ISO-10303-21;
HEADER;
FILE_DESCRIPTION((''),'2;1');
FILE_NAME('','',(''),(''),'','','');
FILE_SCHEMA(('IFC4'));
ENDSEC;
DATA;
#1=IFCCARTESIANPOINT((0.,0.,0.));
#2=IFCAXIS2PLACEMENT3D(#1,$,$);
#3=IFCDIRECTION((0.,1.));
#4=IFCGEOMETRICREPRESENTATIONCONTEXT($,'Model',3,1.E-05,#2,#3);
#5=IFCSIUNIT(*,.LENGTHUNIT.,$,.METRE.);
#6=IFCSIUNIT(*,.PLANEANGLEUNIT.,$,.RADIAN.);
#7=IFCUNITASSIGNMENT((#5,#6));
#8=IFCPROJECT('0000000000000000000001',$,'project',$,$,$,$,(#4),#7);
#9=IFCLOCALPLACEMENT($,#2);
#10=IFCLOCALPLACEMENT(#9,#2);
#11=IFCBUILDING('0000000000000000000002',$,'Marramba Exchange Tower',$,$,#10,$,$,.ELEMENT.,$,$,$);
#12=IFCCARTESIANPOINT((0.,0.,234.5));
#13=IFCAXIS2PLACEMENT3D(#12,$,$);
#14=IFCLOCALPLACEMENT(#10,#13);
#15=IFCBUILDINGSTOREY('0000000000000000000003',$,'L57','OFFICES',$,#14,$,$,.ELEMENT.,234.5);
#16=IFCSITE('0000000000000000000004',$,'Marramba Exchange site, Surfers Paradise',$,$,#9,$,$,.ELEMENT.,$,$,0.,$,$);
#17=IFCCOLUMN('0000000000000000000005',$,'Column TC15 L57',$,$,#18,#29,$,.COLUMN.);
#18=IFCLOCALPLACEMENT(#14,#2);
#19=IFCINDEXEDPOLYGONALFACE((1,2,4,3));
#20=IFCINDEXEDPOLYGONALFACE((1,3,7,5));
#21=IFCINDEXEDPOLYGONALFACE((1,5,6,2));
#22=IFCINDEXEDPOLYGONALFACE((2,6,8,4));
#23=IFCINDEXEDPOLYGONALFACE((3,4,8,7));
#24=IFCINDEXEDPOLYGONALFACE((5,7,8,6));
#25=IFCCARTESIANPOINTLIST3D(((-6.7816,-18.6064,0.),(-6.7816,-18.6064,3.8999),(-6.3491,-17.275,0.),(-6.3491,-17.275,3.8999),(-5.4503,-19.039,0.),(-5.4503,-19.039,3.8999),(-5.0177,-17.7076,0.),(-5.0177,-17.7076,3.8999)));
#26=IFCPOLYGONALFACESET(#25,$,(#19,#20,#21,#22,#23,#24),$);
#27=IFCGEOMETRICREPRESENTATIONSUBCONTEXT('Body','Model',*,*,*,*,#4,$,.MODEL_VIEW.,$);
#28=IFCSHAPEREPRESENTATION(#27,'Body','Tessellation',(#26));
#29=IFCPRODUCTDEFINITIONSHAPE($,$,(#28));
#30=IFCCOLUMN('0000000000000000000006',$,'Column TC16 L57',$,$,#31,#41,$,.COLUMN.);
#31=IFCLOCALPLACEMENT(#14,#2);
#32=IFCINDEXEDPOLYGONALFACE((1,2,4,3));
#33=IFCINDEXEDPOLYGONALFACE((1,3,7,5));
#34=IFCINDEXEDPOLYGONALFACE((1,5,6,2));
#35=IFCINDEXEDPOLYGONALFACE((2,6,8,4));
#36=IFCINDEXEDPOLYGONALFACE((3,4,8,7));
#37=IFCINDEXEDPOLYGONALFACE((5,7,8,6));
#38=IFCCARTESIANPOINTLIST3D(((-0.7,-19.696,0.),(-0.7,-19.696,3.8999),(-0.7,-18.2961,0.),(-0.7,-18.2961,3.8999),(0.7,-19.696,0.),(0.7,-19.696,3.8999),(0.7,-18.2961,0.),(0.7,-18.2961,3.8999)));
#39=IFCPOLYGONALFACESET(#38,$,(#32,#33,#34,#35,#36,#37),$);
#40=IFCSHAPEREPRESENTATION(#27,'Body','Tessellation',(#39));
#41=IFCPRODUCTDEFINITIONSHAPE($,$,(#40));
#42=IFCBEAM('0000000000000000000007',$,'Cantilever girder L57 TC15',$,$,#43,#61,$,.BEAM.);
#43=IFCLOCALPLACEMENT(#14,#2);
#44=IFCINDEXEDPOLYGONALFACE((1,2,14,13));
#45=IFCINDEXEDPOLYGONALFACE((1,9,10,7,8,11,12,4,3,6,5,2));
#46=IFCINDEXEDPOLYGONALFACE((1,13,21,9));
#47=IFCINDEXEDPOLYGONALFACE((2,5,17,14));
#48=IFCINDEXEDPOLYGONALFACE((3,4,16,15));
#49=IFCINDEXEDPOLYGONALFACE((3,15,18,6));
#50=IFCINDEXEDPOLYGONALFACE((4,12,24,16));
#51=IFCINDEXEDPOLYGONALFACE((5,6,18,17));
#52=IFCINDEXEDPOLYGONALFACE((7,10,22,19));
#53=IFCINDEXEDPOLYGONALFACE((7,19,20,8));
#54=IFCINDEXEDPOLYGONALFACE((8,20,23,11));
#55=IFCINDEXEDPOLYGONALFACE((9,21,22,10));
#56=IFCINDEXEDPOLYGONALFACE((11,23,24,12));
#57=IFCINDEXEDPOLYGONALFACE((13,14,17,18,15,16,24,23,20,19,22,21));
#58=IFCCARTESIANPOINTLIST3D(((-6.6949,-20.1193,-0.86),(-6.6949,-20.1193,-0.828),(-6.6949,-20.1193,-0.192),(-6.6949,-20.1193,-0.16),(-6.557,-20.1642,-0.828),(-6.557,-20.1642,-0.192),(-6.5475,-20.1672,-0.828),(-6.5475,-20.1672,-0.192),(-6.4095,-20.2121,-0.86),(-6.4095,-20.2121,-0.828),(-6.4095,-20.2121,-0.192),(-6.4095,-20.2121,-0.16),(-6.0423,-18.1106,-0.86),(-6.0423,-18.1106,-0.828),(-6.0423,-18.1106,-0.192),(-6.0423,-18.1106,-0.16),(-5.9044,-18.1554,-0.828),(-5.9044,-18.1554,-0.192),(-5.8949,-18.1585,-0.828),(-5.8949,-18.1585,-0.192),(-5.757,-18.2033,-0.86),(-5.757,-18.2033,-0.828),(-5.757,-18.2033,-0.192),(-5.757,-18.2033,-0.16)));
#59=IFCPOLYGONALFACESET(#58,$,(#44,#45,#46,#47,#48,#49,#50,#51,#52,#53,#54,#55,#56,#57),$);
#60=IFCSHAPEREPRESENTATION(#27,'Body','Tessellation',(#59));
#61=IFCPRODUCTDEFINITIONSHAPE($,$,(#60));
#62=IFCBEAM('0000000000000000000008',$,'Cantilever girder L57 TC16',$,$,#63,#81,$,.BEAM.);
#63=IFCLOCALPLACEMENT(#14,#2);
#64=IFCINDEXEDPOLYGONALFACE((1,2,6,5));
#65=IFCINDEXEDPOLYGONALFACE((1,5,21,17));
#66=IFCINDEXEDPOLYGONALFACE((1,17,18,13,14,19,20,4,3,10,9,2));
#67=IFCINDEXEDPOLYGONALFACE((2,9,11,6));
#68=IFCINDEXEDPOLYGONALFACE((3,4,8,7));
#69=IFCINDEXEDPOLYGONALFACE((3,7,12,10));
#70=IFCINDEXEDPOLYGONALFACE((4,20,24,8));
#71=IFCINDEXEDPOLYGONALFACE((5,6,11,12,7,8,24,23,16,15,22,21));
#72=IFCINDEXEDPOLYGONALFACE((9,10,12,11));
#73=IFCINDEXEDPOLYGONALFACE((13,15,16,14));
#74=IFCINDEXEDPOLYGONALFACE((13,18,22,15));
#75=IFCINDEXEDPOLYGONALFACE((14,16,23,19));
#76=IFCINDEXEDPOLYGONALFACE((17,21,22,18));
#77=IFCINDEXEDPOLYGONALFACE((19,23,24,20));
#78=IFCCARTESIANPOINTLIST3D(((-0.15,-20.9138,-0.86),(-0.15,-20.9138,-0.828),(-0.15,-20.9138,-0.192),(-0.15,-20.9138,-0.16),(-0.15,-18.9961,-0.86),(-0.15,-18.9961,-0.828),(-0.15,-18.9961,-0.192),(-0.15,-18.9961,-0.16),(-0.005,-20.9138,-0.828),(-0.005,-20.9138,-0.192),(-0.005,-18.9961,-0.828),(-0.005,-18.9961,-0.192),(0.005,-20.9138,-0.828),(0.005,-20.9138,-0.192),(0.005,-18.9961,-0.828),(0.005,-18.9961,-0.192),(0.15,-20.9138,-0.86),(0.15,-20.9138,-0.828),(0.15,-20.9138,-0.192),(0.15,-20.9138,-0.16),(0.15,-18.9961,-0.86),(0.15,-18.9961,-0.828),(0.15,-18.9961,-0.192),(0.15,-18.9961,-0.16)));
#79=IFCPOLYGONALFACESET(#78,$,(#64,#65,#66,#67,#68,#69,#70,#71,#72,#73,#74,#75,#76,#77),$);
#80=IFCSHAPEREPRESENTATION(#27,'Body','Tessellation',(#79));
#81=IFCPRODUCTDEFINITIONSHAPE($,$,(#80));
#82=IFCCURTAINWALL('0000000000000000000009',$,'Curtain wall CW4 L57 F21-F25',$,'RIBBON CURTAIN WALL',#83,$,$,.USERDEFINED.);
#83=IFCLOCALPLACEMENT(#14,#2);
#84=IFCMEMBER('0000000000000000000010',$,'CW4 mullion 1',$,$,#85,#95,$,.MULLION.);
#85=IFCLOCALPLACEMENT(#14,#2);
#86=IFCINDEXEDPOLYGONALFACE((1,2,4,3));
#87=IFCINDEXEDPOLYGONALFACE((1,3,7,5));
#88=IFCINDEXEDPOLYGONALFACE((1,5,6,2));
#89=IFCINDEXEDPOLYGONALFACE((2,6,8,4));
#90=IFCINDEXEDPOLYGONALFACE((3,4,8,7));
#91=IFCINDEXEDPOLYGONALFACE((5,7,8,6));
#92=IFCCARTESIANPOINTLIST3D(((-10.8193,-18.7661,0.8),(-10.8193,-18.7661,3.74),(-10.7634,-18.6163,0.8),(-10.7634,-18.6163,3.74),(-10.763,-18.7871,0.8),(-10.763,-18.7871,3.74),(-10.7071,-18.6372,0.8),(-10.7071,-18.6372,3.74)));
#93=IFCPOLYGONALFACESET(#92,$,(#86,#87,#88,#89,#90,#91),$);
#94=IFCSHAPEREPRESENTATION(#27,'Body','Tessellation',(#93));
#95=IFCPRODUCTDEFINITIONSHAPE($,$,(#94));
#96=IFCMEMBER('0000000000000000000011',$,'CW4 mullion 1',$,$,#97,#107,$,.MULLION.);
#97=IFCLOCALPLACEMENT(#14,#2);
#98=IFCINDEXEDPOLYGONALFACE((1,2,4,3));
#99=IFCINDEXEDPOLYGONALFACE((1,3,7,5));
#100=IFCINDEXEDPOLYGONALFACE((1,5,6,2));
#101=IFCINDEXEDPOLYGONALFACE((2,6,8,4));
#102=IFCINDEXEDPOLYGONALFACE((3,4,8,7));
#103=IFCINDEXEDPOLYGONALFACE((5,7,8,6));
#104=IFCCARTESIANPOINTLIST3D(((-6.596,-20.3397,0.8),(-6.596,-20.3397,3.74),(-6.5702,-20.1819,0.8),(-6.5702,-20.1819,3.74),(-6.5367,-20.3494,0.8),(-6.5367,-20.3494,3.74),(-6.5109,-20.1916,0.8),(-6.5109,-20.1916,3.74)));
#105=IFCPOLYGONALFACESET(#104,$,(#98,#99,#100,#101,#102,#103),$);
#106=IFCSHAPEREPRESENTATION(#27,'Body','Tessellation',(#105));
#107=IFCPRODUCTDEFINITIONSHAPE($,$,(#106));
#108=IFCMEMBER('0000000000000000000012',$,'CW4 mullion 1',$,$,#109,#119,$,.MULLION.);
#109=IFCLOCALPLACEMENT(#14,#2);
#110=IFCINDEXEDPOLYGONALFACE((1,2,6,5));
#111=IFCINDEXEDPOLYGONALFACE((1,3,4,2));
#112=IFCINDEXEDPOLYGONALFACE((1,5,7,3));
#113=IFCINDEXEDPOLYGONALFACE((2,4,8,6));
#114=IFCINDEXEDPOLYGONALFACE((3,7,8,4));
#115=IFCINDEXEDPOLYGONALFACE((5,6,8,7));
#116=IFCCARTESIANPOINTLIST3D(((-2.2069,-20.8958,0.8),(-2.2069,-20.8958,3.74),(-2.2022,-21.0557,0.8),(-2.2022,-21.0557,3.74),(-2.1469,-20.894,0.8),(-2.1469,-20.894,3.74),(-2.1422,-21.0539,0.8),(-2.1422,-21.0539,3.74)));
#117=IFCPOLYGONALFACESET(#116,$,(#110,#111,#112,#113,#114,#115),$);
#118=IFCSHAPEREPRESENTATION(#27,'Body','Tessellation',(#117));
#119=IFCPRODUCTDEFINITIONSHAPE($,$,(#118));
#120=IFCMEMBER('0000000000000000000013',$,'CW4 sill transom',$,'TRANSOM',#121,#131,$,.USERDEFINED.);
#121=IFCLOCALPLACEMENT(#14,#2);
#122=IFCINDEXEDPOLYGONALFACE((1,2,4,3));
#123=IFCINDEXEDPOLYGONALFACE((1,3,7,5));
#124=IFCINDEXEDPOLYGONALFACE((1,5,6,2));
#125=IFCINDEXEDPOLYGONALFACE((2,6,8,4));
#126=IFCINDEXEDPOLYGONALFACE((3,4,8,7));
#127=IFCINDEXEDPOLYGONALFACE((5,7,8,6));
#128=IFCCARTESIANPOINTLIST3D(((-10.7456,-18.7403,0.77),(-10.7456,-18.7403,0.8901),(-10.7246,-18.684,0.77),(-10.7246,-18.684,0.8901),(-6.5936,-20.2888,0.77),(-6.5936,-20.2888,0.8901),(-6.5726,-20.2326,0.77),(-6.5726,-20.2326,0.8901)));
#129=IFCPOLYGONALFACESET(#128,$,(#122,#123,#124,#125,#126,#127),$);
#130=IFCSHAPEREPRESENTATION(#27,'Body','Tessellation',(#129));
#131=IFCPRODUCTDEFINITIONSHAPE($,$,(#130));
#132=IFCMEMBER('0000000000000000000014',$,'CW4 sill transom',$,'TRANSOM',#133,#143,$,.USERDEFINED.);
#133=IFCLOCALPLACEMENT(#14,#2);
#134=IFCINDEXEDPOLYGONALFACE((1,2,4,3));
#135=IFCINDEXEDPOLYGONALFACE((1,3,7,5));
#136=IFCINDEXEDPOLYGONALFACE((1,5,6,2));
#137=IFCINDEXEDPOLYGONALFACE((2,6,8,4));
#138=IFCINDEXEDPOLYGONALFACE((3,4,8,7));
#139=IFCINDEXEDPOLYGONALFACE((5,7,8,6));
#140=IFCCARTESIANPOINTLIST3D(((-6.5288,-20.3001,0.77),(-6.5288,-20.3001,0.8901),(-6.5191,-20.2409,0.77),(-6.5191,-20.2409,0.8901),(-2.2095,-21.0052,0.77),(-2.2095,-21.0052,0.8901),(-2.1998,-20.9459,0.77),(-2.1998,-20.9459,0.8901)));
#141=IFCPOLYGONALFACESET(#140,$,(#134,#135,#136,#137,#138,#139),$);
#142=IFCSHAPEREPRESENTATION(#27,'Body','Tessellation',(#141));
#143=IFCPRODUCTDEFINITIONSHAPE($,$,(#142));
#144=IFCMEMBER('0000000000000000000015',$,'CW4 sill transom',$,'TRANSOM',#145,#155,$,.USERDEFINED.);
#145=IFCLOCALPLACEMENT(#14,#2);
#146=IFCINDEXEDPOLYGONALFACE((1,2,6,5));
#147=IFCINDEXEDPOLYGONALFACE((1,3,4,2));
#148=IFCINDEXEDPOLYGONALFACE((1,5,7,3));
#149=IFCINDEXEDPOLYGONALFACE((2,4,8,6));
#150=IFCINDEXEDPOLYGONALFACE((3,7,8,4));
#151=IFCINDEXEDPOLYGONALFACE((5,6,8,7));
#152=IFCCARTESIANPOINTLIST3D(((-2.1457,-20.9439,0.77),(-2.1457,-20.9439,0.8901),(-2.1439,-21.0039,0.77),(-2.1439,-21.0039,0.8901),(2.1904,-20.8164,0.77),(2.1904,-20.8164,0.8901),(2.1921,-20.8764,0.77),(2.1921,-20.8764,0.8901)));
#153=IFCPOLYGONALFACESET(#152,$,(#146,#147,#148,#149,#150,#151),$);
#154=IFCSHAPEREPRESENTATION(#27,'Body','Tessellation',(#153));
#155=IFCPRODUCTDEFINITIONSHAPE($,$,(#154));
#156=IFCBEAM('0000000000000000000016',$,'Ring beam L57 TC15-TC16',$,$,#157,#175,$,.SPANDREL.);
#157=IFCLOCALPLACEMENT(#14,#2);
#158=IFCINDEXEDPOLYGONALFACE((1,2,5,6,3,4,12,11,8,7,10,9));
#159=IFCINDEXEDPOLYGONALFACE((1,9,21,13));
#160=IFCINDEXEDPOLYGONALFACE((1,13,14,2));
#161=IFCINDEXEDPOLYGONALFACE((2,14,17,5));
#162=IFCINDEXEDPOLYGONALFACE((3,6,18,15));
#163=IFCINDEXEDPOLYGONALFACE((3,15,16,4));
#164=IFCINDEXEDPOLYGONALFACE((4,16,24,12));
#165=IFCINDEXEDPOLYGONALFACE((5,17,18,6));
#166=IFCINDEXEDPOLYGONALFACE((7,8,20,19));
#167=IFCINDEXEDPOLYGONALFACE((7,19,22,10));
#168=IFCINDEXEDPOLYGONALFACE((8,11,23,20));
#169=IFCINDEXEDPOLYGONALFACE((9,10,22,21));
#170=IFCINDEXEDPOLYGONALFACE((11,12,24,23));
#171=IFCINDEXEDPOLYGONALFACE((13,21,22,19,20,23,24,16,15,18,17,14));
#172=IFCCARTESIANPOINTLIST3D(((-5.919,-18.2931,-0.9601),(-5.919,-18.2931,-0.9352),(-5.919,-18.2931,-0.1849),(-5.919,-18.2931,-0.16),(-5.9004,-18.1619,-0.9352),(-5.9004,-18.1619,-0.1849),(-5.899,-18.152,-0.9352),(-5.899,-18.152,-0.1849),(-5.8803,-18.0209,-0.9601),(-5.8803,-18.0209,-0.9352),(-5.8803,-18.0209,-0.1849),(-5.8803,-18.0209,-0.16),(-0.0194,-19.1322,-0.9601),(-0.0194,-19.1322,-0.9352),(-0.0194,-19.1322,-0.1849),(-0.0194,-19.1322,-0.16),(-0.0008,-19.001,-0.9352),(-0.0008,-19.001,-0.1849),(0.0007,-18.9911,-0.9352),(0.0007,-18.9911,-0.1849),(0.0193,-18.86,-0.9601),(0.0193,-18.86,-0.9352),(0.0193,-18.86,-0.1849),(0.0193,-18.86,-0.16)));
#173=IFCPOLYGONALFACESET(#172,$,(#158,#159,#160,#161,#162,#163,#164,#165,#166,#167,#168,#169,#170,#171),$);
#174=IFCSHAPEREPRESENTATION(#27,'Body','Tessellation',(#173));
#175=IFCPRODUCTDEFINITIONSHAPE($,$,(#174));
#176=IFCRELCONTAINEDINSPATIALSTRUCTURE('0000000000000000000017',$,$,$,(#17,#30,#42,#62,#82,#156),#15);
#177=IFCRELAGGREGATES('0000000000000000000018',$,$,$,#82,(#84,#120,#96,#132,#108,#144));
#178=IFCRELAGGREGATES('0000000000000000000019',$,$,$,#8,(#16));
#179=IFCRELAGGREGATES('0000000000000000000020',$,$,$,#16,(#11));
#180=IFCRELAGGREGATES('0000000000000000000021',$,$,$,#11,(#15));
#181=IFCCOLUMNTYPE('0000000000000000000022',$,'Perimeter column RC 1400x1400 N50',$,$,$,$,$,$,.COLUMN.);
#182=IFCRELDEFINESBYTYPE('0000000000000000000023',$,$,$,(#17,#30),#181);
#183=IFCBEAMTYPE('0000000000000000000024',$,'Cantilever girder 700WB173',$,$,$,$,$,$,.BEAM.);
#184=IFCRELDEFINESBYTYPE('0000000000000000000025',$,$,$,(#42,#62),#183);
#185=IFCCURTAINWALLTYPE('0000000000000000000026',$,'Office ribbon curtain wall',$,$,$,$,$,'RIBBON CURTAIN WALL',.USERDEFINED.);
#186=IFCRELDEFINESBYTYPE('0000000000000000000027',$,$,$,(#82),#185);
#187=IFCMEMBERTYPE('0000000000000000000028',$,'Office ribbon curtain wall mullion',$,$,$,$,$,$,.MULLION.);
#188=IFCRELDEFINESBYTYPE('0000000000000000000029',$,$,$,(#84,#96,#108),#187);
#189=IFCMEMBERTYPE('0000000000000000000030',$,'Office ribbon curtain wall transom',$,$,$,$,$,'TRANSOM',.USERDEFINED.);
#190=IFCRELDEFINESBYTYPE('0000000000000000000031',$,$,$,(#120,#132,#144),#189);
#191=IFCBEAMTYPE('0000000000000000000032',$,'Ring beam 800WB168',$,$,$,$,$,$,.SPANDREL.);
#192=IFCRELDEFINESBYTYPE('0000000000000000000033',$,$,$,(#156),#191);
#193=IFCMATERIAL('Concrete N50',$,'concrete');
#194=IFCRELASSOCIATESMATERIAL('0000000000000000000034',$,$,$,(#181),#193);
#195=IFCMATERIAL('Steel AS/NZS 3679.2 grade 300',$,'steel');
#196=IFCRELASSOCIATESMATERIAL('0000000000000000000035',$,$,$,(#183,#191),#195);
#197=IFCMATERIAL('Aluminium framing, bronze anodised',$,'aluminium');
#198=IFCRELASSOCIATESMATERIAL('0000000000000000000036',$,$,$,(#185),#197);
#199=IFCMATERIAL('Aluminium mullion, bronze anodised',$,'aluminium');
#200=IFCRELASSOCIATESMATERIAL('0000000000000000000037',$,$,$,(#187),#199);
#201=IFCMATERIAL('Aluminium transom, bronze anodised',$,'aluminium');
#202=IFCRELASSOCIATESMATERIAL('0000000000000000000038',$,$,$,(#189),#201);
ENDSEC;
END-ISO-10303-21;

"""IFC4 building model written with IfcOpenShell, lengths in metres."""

from ifc_helpers import new_model, si_unit, direction, frame, origin, origin_2d, place, context, subcontext, project, spatial, rectangle, i_section, extrude, material, material_profile, profile_set, type_object, element, aggregate, save


model = new_model("IFC4")

# Units and contexts
model_context = context("Model", 3, precision=1e-05, world=origin(), true_north=direction((0.0, 1.0)))
body_context = subcontext(model_context, "Body", "Model", "MODEL_VIEW")
ifc_project = project(units=[si_unit("LENGTHUNIT", "METRE"), si_unit("PLANEANGLEUNIT", "RADIAN")], contexts=[model_context])

# Site, building, storey
site_placement = place(None, origin())
site = spatial("IfcSite", under=ifc_project, at=site_placement, Name="Marramba Exchange site, Surfers Paradise", CompositionType="ELEMENT", RefElevation=0.0)
building_placement = place(site_placement, origin())
building = spatial("IfcBuilding", under=site, at=building_placement, Name="Marramba Exchange Tower", CompositionType="ELEMENT")
storey_placement = place(building_placement, frame((0.0, 0.0, 234.5)))
storey = spatial("IfcBuildingStorey", under=building, at=storey_placement, Name="L57", Description="OFFICES", CompositionType="ELEMENT", Elevation=234.5)

# Columns
ifc_material_1 = material(Name="Concrete N50", Category="concrete")
ifc_material_profile_1 = material_profile(ifc_material_1, rectangle(XDim=1.3999, YDim=1.3999, at=origin_2d()), Name="RC 1400x1400")
ifc_profile_set_1 = profile_set([ifc_material_profile_1], Name="Concrete N50")
column_type = type_object("IfcColumnType", Name="Perimeter column RC 1400x1400 N50", PredefinedType="COLUMN", material=ifc_profile_set_1)
for number, where, z_axis, x_axis, name in (
    (1, (-5.8997, -18.157, 0.0), (0.0, 0.0, 1.0), (-0.309017, -0.951057, 0.0), "Column TC15 L57"),
    (2, (0.0, -18.9961, 0.0), (0.0, 0.0, 1.0), (0.0, -1.0, 0.0), "Column TC16 L57"),
):
    element("IfcColumn", number, at=place(storey_placement, frame(where, z_axis=z_axis, x_axis=x_axis)), inside=storey, type_object=column_type, Name=name, PredefinedType="COLUMN", context=body_context, shape_type="SweptSolid", body=[
        extrude(rectangle(XDim=1.3999, YDim=1.3999, at=origin_2d()), origin(), (0.0, 0.0, 1.0), 3.8999),
    ])

# Beams
ifc_material_2 = material(Name="Steel AS/NZS 3679.2 grade 300", Category="steel")
ifc_material_profile_2 = material_profile(ifc_material_2, i_section(OverallWidth=0.3, OverallDepth=0.7, WebThickness=0.01, FlangeThickness=0.032, at=origin_2d()), Name="700WB173")
ifc_profile_set_2 = profile_set([ifc_material_profile_2], Name="Steel AS/NZS 3679.2 grade 300")
beam_type_1 = type_object("IfcBeamType", Name="Cantilever girder 700WB173", PredefinedType="BEAM", material=ifc_profile_set_2)
beam_1_placement = place(storey_placement, frame((-5.8997, -18.157, -0.51), z_axis=(-0.308971, -0.951071, 0.0), x_axis=(0.951071, -0.308971, 0.0)))
element("IfcBeam", 3, at=beam_1_placement, inside=storey, type_object=beam_type_1, Name="Cantilever girder L57 TC15", PredefinedType="BEAM", context=body_context, shape_type="SweptSolid", body=[
    extrude(i_section(OverallWidth=0.3, OverallDepth=0.7, WebThickness=0.01, FlangeThickness=0.032, at=origin_2d()), origin(), (0.0, 0.0, 1.0), 2.1121),
])
beam_2_placement = place(storey_placement, frame((0.0, -18.9961, -0.51), z_axis=(0.0, -1.0, 0.0), x_axis=(1.0, 0.0, 0.0)))
element("IfcBeam", 4, at=beam_2_placement, inside=storey, type_object=beam_type_1, Name="Cantilever girder L57 TC16", PredefinedType="BEAM", context=body_context, shape_type="SweptSolid", body=[
    extrude(i_section(OverallWidth=0.3, OverallDepth=0.7, WebThickness=0.01, FlangeThickness=0.032, at=origin_2d()), origin(), (0.0, 0.0, 1.0), 1.9177),
])

# Curtain wall, members
ifc_material_3 = material(Name="Aluminium framing, bronze anodised", Category="aluminium")
curtain_wall_type = type_object("IfcCurtainWallType", Name="Office ribbon curtain wall", ElementType="RIBBON CURTAIN WALL", PredefinedType="USERDEFINED", material=ifc_material_3)
curtain_wall_placement = place(storey_placement, origin())
curtain_wall = element("IfcCurtainWall", 5, at=curtain_wall_placement, inside=storey, type_object=curtain_wall_type, Name="Curtain wall CW4 L57 F21-F25", ObjectType="RIBBON CURTAIN WALL", PredefinedType="USERDEFINED")
ifc_material_4 = material(Name="Aluminium mullion, bronze anodised", Category="aluminium")
ifc_material_profile_3 = material_profile(ifc_material_4, rectangle(XDim=0.1599, YDim=0.0601, at=origin_2d()), Name="CW4 mullion 60x160")
ifc_profile_set_3 = profile_set([ifc_material_profile_3], Name="Aluminium mullion, bronze anodised")
member_type_1 = type_object("IfcMemberType", Name="Office ribbon curtain wall mullion", PredefinedType="MULLION", material=ifc_profile_set_3)
member_1_placement = place(storey_placement, frame((-10.7632, -18.7017, 0.8), z_axis=(0.0, 0.0, 1.0), x_axis=(0.349459, 0.936952, 0.0)))
member_1 = element("IfcMember", 6, at=member_1_placement, type_object=member_type_1, Name="CW4 mullion 1", PredefinedType="MULLION", context=body_context, shape_type="SweptSolid", body=[
    extrude(rectangle(XDim=0.1599, YDim=0.0601, at=origin_2d()), origin(), (0.0, 0.0, 1.0), 2.9399),
])
member_2_placement = place(storey_placement, frame((-6.5535, -20.2656, 0.8), z_axis=(0.0, 0.0, 1.0), x_axis=(0.161146, 0.986931, 0.0)))
member_2 = element("IfcMember", 7, at=member_2_placement, type_object=member_type_1, Name="CW4 mullion 1", PredefinedType="MULLION", context=body_context, shape_type="SweptSolid", body=[
    extrude(rectangle(XDim=0.1599, YDim=0.0601, at=origin_2d()), origin(), (0.0, 0.0, 1.0), 2.9399),
])
member_3_placement = place(storey_placement, frame((-2.1746, -20.9749, 0.8), z_axis=(0.0, 0.0, 1.0), x_axis=(-0.029393, 0.999568, 0.0)))
member_3 = element("IfcMember", 8, at=member_3_placement, type_object=member_type_1, Name="CW4 mullion 1", PredefinedType="MULLION", context=body_context, shape_type="SweptSolid", body=[
    extrude(rectangle(XDim=0.1599, YDim=0.0601, at=origin_2d()), origin(), (0.0, 0.0, 1.0), 2.9399),
])
ifc_material_5 = material(Name="Aluminium transom, bronze anodised", Category="aluminium")
ifc_material_profile_4 = material_profile(ifc_material_5, rectangle(XDim=0.0601, YDim=0.1201, at=origin_2d()), Name="CW4 transom 60x120")
ifc_profile_set_4 = profile_set([ifc_material_profile_4], Name="Aluminium transom, bronze anodised")
member_type_2 = type_object("IfcMemberType", Name="Office ribbon curtain wall transom", ElementType="TRANSOM", PredefinedType="USERDEFINED", material=ifc_profile_set_4)
member_4_placement = place(storey_placement, frame((-10.7351, -18.7122, 0.8301), z_axis=(0.936955, -0.34945, 0.0), x_axis=(0.34945, 0.936955, 0.0)))
member_4 = element("IfcMember", 9, at=member_4_placement, type_object=member_type_2, Name="CW4 sill transom", ObjectType="TRANSOM", PredefinedType="USERDEFINED", context=body_context, shape_type="SweptSolid", body=[
    extrude(rectangle(XDim=0.0601, YDim=0.1201, at=origin_2d()), origin(), (0.0, 0.0, 1.0), 4.4314),
])
member_5_placement = place(storey_placement, frame((-6.5239, -20.2705, 0.8301), z_axis=(0.986937, -0.161105, 0.0), x_axis=(0.161105, 0.986937, 0.0)))
member_5 = element("IfcMember", 10, at=member_5_placement, type_object=member_type_2, Name="CW4 sill transom", ObjectType="TRANSOM", PredefinedType="USERDEFINED", context=body_context, shape_type="SweptSolid", body=[
    extrude(rectangle(XDim=0.0601, YDim=0.1201, at=origin_2d()), origin(), (0.0, 0.0, 1.0), 4.3765),
])
member_6_placement = place(storey_placement, frame((-2.1448, -20.9739, 0.8301), z_axis=(0.999568, 0.029379, 0.0), x_axis=(-0.029379, 0.999568, 0.0)))
member_6 = element("IfcMember", 11, at=member_6_placement, type_object=member_type_2, Name="CW4 sill transom", ObjectType="TRANSOM", PredefinedType="USERDEFINED", context=body_context, shape_type="SweptSolid", body=[
    extrude(rectangle(XDim=0.0601, YDim=0.1201, at=origin_2d()), origin(), (0.0, 0.0, 1.0), 4.3379),
])

# Beam
ifc_material_profile_5 = material_profile(ifc_material_2, i_section(OverallWidth=0.2749, OverallDepth=0.8, WebThickness=0.01, FlangeThickness=0.0249, at=origin_2d()), Name="800WB168")
ifc_profile_set_5 = profile_set([ifc_material_profile_5], Name="Steel AS/NZS 3679.2 grade 300")
beam_type_2 = type_object("IfcBeamType", Name="Ring beam 800WB168", PredefinedType="SPANDREL", material=ifc_profile_set_5)
for number, where, z_axis, x_axis, name in (
    (12, (-5.8997, -18.157, -0.5601), (0.990036, -0.140813, 0.0), (0.140813, 0.990036, 0.0), "Ring beam L57 TC15-TC16"),
):
    element("IfcBeam", number, at=place(storey_placement, frame(where, z_axis=z_axis, x_axis=x_axis)), inside=storey, type_object=beam_type_2, Name=name, PredefinedType="SPANDREL", context=body_context, shape_type="SweptSolid", body=[
        extrude(i_section(OverallWidth=0.2749, OverallDepth=0.8, WebThickness=0.01, FlangeThickness=0.0249, at=origin_2d()), origin(), (0.0, 0.0, 1.0), 5.959),
    ])

aggregate(curtain_wall, [member_1, member_4, member_2, member_5, member_3, member_6])

save(model, "model.ifc")
